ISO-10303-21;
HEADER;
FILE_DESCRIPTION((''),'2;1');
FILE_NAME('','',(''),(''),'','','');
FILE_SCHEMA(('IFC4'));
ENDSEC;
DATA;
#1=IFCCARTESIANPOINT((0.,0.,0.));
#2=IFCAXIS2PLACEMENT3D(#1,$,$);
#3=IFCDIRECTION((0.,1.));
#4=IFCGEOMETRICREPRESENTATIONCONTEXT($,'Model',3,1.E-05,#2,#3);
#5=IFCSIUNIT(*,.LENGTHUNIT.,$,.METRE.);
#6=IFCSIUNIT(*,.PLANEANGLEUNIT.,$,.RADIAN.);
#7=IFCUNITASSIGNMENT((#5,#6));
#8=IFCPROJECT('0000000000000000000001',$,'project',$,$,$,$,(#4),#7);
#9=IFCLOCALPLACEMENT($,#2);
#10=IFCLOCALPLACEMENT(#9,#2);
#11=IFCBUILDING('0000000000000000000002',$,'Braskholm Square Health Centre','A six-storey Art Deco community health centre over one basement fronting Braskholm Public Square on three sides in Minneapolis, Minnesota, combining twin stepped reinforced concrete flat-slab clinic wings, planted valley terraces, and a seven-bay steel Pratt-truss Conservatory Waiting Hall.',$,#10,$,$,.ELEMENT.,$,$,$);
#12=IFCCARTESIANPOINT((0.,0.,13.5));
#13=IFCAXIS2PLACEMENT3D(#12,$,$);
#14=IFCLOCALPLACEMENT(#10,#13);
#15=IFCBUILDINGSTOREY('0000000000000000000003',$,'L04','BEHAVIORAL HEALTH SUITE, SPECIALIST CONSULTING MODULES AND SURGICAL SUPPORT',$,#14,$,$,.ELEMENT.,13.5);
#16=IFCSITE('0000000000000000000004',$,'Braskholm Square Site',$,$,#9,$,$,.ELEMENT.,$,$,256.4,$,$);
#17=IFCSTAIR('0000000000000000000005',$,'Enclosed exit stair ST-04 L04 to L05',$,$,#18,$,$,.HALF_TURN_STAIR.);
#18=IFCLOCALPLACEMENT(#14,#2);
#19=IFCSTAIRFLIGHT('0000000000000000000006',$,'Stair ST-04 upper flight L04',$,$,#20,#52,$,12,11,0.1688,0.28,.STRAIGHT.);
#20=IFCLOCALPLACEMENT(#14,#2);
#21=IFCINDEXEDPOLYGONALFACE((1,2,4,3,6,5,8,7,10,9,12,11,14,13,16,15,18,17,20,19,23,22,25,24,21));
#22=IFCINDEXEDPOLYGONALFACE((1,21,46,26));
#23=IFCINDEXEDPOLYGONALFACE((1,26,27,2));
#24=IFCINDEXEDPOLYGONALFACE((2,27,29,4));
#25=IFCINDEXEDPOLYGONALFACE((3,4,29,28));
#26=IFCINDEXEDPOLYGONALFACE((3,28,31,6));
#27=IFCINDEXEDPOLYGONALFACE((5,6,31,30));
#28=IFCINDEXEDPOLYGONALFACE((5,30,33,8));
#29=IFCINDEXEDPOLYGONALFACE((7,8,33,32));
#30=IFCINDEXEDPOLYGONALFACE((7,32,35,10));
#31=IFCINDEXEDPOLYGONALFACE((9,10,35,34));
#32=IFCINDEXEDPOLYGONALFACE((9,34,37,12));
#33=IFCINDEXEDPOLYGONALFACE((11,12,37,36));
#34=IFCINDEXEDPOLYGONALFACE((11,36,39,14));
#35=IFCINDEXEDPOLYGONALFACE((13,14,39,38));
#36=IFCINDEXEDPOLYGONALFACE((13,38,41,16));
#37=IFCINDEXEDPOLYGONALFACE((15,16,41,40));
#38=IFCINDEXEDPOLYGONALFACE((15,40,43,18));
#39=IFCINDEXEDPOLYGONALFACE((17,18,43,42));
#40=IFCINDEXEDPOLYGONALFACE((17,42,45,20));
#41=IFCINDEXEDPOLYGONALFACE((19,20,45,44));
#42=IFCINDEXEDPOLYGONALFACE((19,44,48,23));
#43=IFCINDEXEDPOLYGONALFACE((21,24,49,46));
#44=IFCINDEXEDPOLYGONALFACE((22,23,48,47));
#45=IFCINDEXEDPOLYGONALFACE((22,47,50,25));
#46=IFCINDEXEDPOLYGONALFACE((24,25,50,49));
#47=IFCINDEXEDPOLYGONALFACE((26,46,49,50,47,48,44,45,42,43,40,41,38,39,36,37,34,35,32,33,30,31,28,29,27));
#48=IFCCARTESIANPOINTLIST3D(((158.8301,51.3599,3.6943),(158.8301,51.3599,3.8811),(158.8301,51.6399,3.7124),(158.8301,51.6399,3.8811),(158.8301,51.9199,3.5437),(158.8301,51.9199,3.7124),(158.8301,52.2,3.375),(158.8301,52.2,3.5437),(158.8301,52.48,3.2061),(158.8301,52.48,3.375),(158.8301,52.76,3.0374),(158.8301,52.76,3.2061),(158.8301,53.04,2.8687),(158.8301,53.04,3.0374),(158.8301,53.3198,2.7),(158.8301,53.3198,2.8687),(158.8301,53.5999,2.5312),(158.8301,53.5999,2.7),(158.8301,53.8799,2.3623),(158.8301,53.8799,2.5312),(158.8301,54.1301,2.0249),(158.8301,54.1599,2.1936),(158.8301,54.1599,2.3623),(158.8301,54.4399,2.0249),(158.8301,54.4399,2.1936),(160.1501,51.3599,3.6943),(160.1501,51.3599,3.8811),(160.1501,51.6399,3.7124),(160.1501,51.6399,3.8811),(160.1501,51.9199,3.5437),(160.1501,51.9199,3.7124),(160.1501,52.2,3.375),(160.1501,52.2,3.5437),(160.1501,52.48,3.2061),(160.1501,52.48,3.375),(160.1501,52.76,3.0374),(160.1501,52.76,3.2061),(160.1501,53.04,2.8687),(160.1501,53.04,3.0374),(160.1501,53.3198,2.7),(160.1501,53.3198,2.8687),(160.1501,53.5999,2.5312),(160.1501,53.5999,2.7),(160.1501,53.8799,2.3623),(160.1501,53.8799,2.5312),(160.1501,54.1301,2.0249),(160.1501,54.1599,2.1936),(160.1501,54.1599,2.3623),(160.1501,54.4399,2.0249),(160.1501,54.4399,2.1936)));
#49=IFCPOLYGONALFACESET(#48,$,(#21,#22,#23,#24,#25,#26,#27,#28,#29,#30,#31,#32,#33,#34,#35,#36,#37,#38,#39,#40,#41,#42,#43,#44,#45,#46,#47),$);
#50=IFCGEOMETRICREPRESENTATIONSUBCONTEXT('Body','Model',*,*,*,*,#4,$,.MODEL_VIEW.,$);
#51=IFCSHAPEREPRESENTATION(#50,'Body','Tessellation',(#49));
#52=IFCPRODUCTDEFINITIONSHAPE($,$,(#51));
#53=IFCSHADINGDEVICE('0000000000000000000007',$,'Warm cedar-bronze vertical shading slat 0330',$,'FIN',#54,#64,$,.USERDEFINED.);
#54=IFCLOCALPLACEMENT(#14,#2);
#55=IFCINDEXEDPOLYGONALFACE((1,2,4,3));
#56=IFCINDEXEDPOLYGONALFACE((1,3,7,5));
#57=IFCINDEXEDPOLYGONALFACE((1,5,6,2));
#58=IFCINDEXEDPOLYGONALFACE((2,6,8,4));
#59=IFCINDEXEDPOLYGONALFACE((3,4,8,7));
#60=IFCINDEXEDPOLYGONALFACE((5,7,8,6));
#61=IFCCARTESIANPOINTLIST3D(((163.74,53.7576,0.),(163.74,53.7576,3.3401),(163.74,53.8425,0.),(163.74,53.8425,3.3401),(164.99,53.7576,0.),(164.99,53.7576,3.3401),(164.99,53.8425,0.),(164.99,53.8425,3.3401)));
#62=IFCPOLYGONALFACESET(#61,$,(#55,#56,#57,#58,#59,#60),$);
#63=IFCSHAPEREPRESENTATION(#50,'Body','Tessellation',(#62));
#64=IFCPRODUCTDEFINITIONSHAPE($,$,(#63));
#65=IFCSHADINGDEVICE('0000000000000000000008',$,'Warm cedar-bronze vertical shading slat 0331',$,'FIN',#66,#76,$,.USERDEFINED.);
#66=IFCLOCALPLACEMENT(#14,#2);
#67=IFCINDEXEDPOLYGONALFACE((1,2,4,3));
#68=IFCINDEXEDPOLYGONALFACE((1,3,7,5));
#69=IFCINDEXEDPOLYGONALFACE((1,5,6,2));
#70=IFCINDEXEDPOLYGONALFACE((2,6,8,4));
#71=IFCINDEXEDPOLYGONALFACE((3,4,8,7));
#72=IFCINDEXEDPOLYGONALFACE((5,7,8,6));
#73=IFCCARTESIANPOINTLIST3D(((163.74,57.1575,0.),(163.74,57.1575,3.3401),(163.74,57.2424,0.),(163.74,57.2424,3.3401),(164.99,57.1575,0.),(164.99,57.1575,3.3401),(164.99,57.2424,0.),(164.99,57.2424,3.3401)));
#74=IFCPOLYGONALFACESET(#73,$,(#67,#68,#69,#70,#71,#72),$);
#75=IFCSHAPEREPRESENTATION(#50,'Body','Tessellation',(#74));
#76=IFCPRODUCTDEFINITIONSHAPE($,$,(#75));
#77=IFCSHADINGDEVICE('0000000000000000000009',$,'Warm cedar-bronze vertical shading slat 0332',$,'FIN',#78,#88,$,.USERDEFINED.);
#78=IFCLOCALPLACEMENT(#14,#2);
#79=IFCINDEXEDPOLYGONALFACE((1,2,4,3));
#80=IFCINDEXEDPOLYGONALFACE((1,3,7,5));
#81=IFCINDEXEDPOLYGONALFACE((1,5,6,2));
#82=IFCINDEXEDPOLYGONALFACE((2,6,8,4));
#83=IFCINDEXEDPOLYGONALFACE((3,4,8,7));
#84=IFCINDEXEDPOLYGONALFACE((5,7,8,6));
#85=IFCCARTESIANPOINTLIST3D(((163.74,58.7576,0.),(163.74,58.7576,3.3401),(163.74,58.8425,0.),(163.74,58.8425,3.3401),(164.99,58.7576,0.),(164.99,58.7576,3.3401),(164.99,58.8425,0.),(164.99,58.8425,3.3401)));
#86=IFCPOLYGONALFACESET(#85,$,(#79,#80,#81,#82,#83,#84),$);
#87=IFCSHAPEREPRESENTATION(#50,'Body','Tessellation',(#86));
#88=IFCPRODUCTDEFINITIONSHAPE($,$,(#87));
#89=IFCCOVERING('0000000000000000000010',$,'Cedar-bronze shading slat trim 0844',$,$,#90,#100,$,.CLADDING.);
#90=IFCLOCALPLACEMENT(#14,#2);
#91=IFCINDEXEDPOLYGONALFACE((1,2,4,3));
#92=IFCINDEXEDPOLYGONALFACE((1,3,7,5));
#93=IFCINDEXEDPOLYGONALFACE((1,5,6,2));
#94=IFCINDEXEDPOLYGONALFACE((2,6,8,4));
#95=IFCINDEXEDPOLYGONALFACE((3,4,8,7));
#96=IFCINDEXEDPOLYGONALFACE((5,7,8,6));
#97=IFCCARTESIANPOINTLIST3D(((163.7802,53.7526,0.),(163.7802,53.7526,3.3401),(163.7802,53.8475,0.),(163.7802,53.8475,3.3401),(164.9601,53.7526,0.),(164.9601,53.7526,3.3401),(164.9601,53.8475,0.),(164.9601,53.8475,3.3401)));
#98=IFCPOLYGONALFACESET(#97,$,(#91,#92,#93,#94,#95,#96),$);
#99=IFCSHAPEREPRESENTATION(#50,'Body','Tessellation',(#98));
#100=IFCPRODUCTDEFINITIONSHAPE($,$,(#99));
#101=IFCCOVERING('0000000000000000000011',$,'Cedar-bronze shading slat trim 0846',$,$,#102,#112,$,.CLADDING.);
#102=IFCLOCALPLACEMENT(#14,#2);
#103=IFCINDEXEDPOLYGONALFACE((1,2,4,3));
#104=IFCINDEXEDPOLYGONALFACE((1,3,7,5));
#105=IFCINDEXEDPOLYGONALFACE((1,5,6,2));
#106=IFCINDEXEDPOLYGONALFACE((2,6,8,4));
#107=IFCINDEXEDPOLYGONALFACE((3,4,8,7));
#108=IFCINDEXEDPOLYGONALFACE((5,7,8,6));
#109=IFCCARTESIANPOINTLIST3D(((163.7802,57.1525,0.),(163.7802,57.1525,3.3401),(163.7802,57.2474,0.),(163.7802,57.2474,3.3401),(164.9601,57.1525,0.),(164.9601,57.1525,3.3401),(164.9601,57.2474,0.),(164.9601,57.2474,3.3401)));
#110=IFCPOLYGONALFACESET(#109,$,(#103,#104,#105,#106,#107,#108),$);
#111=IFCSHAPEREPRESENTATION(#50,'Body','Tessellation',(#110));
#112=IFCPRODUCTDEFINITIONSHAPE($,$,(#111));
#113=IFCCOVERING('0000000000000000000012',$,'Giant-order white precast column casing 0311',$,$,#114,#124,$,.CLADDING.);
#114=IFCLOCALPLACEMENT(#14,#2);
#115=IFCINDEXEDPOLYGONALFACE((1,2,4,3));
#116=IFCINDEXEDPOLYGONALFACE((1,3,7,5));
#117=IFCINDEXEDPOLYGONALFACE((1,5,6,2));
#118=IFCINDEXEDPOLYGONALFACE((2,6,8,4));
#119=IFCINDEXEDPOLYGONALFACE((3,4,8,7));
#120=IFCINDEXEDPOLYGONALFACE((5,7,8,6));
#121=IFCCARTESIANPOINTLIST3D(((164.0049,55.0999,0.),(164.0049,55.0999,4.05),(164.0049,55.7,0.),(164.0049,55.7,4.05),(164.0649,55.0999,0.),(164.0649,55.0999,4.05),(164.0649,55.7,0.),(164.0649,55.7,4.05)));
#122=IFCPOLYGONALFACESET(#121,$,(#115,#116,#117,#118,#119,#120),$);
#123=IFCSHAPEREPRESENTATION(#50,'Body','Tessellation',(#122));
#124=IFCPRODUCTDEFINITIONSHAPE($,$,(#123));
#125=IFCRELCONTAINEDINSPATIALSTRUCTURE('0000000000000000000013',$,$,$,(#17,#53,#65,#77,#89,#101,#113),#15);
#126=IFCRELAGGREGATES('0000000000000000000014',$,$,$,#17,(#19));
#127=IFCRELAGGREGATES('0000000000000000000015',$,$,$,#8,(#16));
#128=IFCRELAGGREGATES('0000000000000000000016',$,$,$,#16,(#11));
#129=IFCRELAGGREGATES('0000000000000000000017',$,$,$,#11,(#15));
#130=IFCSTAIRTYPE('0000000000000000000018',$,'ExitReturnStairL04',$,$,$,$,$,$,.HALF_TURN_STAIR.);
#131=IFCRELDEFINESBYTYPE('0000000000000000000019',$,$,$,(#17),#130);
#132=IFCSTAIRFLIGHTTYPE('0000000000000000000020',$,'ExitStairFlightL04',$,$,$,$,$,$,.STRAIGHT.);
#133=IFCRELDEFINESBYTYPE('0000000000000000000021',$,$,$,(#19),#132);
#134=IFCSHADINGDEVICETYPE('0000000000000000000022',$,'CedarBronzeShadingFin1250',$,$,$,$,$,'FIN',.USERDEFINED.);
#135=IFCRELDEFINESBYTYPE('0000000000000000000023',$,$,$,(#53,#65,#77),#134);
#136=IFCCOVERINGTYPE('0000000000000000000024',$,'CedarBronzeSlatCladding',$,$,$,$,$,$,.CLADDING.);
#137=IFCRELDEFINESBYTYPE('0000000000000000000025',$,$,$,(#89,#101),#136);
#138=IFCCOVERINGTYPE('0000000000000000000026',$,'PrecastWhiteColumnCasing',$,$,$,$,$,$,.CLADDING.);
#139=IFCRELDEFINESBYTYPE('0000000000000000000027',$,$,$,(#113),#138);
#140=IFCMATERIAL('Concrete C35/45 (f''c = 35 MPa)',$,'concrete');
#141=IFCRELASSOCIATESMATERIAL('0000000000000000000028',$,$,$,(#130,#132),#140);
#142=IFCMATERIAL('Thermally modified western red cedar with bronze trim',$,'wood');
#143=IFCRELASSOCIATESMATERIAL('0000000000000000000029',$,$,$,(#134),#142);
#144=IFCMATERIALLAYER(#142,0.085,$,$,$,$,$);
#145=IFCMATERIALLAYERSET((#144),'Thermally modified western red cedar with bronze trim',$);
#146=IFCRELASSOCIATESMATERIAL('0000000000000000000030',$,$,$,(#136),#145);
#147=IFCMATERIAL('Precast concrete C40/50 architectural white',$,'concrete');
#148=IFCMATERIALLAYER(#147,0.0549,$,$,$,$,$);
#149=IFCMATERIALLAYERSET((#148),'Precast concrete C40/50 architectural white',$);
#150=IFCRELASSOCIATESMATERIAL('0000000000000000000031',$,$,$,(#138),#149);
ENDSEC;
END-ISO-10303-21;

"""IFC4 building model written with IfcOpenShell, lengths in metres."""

from ifc_helpers import new_model, si_unit, direction, frame, origin, origin_2d, place, context, subcontext, project, spatial, polyline, rectangle, outline, extrude, material, layer, layer_set, type_object, element, aggregate, save


model = new_model("IFC4")

# Units and contexts
model_context = context("Model", 3, precision=1e-05, world=origin(), true_north=direction((0.0, 1.0)))
body_context = subcontext(model_context, "Body", "Model", "MODEL_VIEW")
ifc_project = project(units=[si_unit("LENGTHUNIT", "METRE"), si_unit("PLANEANGLEUNIT", "RADIAN")], contexts=[model_context])

# Site, building, storey
site_placement = place(None, origin())
site = spatial("IfcSite", under=ifc_project, at=site_placement, Name="Braskholm Square Site", CompositionType="ELEMENT", RefElevation=256.4)
building_placement = place(site_placement, origin())
building = spatial("IfcBuilding", under=site, at=building_placement, Name="Braskholm Square Health Centre", Description="A six-storey Art Deco community health centre over one basement fronting Braskholm Public Square on three sides in Minneapolis, Minnesota, combining twin stepped reinforced concrete flat-slab clinic wings, planted valley terraces, and a seven-bay steel Pratt-truss Conservatory Waiting Hall.", CompositionType="ELEMENT")
storey_placement = place(building_placement, frame((0.0, 0.0, 13.5)))
storey = spatial("IfcBuildingStorey", under=building, at=storey_placement, Name="L04", Description="BEHAVIORAL HEALTH SUITE, SPECIALIST CONSULTING MODULES AND SURGICAL SUPPORT", CompositionType="ELEMENT", Elevation=13.5)

# Shared definitions
ifc_material_1 = material(Name="Precast concrete C40/50 architectural white", Category="concrete")

# Shared definitions
ifc_material_2 = material(Name="Concrete C35/45 (f'c = 35 MPa)", Category="concrete")

# Stair, stair flight
stair_type = type_object("IfcStairType", Name="ExitReturnStairL04", PredefinedType="HALF_TURN_STAIR", material=ifc_material_2)
stair_placement = place(storey_placement, origin())
stair = element("IfcStair", 1, at=stair_placement, inside=storey, type_object=stair_type, Name="Enclosed exit stair ST-04 L04 to L05", PredefinedType="HALF_TURN_STAIR")
stair_flight_type = type_object("IfcStairFlightType", Name="ExitStairFlightL04", PredefinedType="STRAIGHT", material=ifc_material_2)
stair_flight_placement = place(storey_placement, frame((159.49, 54.4399, 2.0249), z_axis=(0.0, 0.0, 1.0), x_axis=(0.0, -1.0, 0.0)))
stair_flight = element("IfcStairFlight", 2, at=stair_flight_placement, type_object=stair_flight_type, Name="Stair ST-04 upper flight L04", NumberOfRisers=12, NumberOfTreads=11, PredefinedType="STRAIGHT", RiserHeight=0.1688, TreadLength=0.28, context=body_context, shape_type="SweptSolid", body=[
    extrude(outline(polyline([(0.0, 0.0), (0.0, 0.1687), (0.28, 0.1687), (0.28, 0.3374), (0.5601, 0.3374), (0.5601, 0.5063), (0.8401, 0.5063), (0.8401, 0.675), (1.1201, 0.675), (1.1201, 0.8438), (1.3999, 0.8438), (1.3999, 1.0125), (1.6799, 1.0125), (1.6799, 1.1812), (1.96, 1.1812), (1.96, 1.3501), (2.24, 1.3501), (2.24, 1.5188), (2.52, 1.5188), (2.52, 1.6875), (2.8, 1.6875), (2.8, 1.8562), (3.0801, 1.8562), (3.0801, 2.0249), (3.0801, 1.6694), (0.3098, 0.0), (0.0, 0.0)])), frame((0.0, 0.6602, 0.0), z_axis=(0.0, -1.0, 0.0), x_axis=(1.0, 0.0, 0.0)), (0.0, 0.0, 1.0), 1.3201),
])
aggregate(stair, [stair_flight])

# Shading devices
ifc_material_3 = material(Name="Thermally modified western red cedar with bronze trim", Category="wood")
shading_device_type = type_object("IfcShadingDeviceType", Name="CedarBronzeShadingFin1250", ElementType="FIN", PredefinedType="USERDEFINED", material=ifc_material_3)
for number, where, z_axis, x_axis, name in (
    (3, (164.365, 53.8, 0.0), (0.0, 0.0, 1.0), (1.0, 0.0, 0.0), "Warm cedar-bronze vertical shading slat 0330"),
    (4, (164.365, 57.2, 0.0), (0.0, 0.0, 1.0), (1.0, 0.0, 0.0), "Warm cedar-bronze vertical shading slat 0331"),
    (5, (164.365, 58.8, 0.0), (0.0, 0.0, 1.0), (1.0, 0.0, 0.0), "Warm cedar-bronze vertical shading slat 0332"),
):
    element("IfcShadingDevice", number, at=place(storey_placement, frame(where, z_axis=z_axis, x_axis=x_axis)), inside=storey, type_object=shading_device_type, Name=name, ObjectType="FIN", PredefinedType="USERDEFINED", context=body_context, shape_type="SweptSolid", body=[
        extrude(rectangle(XDim=1.25, YDim=0.085, at=origin_2d()), origin(), (0.0, 0.0, 1.0), 3.3401),
    ])

# Coverings
ifc_layer_1 = layer(ifc_material_3, 0.085)
ifc_layer_set_1 = layer_set([ifc_layer_1], Name="Thermally modified western red cedar with bronze trim")
covering_type_1 = type_object("IfcCoveringType", Name="CedarBronzeSlatCladding", PredefinedType="CLADDING", material=ifc_layer_set_1)
for number, where, z_axis, x_axis, name in (
    (6, (164.3701, 53.8, 0.0), (0.0, 0.0, 1.0), (1.0, 0.0, 0.0), "Cedar-bronze shading slat trim 0844"),
    (7, (164.3701, 57.2, 0.0), (0.0, 0.0, 1.0), (1.0, 0.0, 0.0), "Cedar-bronze shading slat trim 0846"),
):
    element("IfcCovering", number, at=place(storey_placement, frame(where, z_axis=z_axis, x_axis=x_axis)), inside=storey, type_object=covering_type_1, Name=name, PredefinedType="CLADDING", context=body_context, shape_type="SweptSolid", body=[
        extrude(rectangle(XDim=1.1799, YDim=0.095, at=origin_2d()), origin(), (0.0, 0.0, 1.0), 3.3401),
    ])
ifc_layer_2 = layer(ifc_material_1, 0.0549)
ifc_layer_set_2 = layer_set([ifc_layer_2], Name="Precast concrete C40/50 architectural white")
covering_type_2 = type_object("IfcCoveringType", Name="PrecastWhiteColumnCasing", PredefinedType="CLADDING", material=ifc_layer_set_2)
covering_placement = place(storey_placement, frame((164.0349, 55.3999, 0.0), z_axis=(0.0, 0.0, 1.0), x_axis=(1.0, 0.0, 0.0)))
element("IfcCovering", 8, at=covering_placement, inside=storey, type_object=covering_type_2, Name="Giant-order white precast column casing 0311", PredefinedType="CLADDING", context=body_context, shape_type="SweptSolid", body=[
    extrude(rectangle(XDim=0.0601, YDim=0.6001, at=origin_2d()), origin(), (0.0, 0.0, 1.0), 4.05),
])

save(model, "model.ifc")
